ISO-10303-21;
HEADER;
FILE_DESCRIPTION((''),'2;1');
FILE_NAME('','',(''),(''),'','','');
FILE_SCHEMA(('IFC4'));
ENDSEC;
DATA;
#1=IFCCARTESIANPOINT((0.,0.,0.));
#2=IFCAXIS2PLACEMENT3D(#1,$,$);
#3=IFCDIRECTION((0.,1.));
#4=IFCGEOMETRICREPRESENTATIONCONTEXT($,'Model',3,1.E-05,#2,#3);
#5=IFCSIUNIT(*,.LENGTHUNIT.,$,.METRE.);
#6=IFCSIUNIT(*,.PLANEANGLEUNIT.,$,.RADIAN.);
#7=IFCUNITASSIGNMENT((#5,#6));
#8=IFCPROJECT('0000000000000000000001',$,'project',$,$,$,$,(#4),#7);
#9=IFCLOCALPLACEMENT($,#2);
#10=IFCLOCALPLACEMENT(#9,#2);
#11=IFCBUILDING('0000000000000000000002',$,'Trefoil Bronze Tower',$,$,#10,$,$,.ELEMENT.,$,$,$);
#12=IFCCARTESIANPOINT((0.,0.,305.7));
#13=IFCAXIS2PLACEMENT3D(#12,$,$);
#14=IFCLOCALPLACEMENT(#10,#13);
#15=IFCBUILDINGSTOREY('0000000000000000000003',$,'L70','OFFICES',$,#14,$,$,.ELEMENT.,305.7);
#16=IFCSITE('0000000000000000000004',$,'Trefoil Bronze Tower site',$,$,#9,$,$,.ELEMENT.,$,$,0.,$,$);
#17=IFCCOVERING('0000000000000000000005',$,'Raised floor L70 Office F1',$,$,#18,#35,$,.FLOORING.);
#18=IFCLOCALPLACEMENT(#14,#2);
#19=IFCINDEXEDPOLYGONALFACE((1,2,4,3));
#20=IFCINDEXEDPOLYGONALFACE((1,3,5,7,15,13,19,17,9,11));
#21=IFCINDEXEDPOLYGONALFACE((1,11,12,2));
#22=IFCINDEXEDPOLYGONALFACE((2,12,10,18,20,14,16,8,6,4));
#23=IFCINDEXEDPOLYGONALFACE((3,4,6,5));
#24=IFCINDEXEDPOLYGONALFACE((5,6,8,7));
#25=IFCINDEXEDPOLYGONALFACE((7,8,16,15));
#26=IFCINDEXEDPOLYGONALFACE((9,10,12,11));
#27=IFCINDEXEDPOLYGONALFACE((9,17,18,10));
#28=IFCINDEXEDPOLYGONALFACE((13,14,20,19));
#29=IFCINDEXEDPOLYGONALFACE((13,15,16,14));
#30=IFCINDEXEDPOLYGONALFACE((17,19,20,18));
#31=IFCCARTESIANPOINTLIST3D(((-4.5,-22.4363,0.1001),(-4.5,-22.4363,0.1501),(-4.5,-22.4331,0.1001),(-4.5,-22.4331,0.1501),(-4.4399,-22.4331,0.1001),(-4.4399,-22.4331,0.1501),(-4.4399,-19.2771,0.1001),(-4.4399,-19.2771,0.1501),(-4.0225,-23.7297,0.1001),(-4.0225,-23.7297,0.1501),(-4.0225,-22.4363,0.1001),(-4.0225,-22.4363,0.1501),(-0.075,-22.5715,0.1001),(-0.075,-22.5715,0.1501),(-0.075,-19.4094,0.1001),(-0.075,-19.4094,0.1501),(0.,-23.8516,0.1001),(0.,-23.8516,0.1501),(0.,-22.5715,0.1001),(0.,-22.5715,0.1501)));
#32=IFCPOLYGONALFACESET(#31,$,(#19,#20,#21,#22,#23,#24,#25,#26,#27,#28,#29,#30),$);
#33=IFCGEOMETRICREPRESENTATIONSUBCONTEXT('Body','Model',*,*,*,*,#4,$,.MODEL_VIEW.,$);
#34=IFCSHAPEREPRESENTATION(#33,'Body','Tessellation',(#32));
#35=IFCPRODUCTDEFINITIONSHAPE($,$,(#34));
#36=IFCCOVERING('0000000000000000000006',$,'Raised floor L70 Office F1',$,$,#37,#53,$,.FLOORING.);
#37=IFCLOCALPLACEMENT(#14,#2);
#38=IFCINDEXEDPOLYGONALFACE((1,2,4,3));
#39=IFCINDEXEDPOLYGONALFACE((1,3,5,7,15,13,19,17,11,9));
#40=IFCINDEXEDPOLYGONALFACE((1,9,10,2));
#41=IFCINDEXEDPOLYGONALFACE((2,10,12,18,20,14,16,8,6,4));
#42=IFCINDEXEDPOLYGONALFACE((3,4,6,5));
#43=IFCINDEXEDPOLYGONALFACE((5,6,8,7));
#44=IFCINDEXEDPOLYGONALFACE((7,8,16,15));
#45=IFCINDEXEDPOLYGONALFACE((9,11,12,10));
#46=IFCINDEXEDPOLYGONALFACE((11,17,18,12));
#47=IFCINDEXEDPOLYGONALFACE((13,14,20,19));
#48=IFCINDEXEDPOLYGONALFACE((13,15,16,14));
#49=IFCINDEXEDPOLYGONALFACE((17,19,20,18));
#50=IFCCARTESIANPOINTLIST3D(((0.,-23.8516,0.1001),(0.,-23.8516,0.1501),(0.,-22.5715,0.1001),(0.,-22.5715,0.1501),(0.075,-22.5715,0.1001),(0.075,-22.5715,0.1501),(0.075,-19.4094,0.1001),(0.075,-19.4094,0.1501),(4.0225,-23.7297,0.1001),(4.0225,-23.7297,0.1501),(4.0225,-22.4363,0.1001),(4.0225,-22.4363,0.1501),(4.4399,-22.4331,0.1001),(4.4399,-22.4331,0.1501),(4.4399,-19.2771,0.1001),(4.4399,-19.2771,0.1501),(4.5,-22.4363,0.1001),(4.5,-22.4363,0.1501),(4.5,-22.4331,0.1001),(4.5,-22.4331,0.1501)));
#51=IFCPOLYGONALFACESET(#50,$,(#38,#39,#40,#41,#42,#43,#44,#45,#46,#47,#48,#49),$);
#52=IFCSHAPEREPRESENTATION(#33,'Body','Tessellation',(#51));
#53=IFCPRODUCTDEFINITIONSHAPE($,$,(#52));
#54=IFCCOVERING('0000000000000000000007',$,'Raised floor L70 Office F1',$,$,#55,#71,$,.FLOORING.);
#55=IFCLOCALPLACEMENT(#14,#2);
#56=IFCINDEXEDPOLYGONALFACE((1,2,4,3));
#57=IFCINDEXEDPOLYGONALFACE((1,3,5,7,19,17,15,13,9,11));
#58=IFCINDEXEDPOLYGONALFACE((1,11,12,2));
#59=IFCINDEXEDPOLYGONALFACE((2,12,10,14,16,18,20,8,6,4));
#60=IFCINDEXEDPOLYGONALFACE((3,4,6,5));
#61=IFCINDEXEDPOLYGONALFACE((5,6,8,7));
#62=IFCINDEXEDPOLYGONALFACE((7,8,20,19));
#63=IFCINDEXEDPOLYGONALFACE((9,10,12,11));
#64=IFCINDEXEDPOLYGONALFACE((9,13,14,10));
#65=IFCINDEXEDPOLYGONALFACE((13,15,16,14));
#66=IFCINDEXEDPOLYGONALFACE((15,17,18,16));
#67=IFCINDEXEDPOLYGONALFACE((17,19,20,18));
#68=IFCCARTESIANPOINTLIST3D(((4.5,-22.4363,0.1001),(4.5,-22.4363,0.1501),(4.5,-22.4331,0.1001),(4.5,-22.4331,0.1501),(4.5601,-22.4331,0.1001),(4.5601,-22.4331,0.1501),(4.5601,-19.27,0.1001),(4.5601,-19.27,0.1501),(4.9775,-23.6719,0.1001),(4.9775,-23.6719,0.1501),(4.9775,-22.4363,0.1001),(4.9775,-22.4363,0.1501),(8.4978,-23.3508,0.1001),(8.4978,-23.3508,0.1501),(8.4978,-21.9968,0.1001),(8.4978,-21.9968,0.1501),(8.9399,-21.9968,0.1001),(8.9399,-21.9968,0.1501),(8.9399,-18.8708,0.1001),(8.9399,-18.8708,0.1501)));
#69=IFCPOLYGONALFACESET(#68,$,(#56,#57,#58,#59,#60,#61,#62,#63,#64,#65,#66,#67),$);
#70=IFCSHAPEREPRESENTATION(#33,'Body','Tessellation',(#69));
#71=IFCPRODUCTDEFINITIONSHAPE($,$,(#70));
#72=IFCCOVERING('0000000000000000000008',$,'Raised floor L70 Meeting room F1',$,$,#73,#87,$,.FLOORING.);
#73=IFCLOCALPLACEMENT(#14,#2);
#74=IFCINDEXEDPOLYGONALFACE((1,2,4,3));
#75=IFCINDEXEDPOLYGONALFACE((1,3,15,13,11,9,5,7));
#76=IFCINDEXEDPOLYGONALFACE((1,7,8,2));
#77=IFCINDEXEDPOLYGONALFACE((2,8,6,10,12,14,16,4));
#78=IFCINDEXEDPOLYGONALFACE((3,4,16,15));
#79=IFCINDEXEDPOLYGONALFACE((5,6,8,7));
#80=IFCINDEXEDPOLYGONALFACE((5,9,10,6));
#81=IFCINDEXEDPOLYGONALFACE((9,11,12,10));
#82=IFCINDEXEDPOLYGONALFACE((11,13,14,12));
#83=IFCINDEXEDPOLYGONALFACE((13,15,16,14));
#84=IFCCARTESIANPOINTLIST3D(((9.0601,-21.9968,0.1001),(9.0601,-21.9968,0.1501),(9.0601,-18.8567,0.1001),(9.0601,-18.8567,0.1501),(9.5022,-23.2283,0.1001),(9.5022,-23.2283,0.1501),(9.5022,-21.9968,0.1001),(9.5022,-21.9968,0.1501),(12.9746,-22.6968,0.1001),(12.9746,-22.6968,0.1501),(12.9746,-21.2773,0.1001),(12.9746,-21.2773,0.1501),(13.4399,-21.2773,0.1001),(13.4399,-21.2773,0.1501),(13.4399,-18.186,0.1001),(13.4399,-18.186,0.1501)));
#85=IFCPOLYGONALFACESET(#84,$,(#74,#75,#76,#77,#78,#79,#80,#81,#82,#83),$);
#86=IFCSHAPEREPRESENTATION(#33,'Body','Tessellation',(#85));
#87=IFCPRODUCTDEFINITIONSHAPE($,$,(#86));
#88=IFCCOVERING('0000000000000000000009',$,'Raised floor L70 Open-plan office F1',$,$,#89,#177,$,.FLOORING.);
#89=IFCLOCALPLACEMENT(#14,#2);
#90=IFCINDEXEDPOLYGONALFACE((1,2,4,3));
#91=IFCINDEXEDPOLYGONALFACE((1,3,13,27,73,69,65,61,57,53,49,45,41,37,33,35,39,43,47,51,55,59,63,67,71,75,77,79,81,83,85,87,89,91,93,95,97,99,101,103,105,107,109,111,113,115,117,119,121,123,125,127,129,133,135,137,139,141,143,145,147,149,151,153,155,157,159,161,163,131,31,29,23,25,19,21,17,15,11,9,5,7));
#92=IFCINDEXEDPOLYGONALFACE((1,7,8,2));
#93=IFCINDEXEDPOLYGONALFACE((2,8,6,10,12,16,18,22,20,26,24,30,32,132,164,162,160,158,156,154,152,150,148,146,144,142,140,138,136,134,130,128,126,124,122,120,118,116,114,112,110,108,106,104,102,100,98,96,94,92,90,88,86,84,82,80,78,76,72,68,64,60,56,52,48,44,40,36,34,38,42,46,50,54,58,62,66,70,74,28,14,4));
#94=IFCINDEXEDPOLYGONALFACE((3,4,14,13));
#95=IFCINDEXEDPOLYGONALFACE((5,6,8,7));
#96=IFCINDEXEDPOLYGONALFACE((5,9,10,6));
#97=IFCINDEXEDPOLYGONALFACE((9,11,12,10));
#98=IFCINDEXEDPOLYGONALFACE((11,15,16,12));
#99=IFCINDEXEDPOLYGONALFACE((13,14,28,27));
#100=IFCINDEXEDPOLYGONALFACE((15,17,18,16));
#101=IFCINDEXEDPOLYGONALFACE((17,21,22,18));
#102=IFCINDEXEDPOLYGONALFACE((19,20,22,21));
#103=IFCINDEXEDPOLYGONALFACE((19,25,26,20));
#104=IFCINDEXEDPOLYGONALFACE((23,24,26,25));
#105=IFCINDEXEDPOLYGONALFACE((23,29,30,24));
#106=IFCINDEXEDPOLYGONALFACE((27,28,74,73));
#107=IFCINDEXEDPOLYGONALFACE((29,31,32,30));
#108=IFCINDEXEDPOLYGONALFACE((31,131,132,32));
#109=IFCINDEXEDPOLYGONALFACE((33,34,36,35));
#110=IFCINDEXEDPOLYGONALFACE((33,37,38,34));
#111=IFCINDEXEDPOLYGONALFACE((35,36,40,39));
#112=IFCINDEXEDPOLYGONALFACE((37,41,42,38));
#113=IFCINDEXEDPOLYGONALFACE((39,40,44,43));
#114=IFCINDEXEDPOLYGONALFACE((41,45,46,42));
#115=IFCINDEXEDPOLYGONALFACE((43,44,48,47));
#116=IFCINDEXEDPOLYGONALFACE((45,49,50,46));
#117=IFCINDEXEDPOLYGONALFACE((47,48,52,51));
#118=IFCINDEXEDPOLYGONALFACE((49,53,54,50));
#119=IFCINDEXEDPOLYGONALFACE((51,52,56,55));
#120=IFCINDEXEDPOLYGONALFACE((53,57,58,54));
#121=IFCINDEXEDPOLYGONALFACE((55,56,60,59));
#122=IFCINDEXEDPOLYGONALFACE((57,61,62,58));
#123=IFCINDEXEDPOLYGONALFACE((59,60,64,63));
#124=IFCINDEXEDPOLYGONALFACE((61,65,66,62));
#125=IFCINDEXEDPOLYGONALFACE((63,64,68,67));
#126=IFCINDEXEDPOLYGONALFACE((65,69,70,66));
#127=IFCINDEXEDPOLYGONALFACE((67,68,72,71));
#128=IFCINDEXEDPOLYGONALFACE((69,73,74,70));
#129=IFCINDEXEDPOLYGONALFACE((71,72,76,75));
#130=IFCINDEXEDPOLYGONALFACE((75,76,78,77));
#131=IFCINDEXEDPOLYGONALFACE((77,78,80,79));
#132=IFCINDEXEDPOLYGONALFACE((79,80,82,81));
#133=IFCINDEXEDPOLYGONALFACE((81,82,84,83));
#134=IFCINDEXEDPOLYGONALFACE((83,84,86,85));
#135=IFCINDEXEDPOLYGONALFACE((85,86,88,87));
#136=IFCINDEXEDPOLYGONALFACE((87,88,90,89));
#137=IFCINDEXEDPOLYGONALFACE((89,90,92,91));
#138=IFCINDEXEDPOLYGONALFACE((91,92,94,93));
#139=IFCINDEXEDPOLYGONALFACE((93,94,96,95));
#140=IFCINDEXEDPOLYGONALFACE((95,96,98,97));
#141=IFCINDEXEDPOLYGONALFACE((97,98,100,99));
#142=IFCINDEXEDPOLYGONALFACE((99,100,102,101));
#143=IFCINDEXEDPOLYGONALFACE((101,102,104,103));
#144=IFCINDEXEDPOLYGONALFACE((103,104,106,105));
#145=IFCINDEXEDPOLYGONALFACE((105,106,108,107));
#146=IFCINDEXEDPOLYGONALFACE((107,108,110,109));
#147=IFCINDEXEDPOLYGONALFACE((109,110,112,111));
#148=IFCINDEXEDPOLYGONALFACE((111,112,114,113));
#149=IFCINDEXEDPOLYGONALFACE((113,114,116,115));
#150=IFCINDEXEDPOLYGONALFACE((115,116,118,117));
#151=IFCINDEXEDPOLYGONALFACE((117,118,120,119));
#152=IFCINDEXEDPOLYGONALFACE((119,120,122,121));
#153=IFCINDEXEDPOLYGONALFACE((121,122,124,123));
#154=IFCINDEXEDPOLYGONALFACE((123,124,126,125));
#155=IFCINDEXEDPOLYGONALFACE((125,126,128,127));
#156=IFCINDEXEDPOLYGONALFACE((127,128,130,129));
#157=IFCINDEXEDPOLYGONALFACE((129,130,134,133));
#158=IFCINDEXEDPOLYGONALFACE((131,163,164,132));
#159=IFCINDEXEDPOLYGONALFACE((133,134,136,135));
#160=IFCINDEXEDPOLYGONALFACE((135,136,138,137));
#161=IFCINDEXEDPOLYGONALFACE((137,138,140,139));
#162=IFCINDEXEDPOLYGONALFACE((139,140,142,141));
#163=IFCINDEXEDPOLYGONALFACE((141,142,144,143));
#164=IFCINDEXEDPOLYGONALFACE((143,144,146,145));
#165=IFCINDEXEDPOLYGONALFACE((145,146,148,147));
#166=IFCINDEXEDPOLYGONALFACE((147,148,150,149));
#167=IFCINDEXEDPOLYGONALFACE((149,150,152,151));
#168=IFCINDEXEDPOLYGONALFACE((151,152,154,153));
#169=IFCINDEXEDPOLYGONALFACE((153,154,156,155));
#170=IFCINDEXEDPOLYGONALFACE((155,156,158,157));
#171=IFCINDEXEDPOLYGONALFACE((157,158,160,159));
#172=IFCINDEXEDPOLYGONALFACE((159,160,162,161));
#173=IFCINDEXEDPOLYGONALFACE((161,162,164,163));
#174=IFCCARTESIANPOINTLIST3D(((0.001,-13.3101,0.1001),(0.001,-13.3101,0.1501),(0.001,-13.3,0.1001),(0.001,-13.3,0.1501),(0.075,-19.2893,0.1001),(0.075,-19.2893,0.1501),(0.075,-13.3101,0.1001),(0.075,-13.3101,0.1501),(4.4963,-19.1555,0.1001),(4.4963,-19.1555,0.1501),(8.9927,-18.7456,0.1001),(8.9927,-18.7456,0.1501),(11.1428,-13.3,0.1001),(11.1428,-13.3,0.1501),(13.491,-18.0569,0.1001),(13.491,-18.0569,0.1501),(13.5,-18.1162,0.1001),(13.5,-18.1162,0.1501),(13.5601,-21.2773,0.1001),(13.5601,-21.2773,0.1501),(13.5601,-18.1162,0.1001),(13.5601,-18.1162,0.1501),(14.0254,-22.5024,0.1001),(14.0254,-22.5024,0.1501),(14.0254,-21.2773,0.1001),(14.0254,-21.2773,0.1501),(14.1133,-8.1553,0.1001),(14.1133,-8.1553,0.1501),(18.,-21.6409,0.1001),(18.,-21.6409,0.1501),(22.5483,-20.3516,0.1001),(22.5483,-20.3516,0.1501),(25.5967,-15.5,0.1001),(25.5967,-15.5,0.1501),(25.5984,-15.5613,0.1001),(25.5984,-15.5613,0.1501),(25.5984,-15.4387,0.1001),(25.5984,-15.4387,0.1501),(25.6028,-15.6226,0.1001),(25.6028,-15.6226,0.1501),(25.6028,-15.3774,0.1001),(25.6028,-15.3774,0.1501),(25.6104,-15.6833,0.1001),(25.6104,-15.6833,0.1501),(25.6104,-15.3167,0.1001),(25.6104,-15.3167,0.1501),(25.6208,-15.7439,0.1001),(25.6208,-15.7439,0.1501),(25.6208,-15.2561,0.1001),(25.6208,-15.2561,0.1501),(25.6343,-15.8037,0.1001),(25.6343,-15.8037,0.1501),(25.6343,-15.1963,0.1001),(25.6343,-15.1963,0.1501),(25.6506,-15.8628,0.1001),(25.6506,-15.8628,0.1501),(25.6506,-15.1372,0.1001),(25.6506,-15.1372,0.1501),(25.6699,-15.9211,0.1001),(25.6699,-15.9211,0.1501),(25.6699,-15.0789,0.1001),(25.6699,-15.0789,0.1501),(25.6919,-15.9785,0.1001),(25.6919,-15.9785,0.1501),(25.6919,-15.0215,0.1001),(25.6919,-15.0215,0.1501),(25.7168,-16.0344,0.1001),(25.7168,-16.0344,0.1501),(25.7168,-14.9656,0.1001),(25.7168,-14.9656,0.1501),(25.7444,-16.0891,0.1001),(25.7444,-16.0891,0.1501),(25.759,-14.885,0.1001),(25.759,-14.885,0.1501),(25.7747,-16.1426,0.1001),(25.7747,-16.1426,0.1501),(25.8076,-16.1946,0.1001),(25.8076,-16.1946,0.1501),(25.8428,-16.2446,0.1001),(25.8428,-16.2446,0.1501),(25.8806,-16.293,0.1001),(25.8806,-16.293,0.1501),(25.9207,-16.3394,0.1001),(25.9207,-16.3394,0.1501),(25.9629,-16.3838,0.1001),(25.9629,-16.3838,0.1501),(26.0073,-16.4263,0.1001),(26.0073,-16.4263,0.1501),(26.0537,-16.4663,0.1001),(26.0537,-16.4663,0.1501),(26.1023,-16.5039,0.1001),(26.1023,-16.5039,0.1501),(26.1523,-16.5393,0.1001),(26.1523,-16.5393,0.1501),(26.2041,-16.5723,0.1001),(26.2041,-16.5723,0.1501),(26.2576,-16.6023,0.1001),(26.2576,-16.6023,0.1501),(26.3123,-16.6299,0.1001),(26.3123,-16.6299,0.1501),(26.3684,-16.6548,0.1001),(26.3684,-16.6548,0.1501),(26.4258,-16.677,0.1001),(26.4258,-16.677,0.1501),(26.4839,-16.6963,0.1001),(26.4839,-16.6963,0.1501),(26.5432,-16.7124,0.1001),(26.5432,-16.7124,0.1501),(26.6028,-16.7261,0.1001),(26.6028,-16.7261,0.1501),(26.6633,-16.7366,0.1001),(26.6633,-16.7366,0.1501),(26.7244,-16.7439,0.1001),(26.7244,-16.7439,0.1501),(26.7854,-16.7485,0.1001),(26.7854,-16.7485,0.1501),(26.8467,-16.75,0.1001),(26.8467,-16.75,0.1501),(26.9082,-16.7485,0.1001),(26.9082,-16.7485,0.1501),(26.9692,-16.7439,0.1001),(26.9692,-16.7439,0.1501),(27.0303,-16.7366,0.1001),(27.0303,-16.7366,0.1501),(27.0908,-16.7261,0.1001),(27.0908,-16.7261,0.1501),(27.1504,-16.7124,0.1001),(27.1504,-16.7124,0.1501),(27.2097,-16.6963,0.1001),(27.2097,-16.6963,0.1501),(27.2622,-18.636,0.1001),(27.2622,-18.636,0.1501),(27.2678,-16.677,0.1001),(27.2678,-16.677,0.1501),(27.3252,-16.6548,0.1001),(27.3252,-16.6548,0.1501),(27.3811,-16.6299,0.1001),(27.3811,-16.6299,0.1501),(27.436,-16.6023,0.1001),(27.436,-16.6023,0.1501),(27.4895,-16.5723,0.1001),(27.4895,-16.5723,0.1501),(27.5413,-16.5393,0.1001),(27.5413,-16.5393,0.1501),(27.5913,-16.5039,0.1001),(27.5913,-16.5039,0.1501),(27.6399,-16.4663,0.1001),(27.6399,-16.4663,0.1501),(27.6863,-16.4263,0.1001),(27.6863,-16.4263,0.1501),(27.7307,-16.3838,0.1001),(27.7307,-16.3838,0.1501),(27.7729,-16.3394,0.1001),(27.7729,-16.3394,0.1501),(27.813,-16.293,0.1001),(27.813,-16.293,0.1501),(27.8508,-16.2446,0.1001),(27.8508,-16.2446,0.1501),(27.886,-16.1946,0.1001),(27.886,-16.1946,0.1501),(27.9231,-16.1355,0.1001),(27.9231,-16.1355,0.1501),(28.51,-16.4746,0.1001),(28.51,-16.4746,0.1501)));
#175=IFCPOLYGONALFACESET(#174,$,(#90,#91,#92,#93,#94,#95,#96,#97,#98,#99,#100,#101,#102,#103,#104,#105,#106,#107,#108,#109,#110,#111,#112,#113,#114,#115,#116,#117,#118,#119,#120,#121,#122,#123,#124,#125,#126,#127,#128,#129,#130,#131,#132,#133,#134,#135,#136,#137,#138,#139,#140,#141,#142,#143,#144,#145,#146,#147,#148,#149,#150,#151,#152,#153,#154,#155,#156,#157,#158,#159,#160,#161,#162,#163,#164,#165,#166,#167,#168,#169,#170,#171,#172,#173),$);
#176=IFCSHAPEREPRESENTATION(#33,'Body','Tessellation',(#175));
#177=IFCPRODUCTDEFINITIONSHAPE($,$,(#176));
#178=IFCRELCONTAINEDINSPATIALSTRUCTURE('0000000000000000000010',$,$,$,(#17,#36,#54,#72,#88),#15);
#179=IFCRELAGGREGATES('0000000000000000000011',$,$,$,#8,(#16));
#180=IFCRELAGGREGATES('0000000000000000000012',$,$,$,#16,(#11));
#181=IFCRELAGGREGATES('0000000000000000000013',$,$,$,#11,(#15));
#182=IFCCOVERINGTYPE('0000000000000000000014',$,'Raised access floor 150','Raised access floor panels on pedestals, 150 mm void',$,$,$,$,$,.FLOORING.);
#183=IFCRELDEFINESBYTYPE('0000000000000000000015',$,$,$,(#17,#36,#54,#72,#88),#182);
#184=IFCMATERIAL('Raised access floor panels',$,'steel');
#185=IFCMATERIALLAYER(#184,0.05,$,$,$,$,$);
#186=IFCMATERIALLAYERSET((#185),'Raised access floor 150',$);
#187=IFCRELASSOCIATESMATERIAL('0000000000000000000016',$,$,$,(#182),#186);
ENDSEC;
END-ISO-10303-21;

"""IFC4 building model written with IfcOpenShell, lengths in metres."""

from ifc_helpers import new_model, si_unit, direction, frame, origin, place, context, subcontext, project, spatial, polyline, outline, extrude, material, layer, layer_set, type_object, element, save


model = new_model("IFC4")

# Units and contexts
model_context = context("Model", 3, precision=1e-05, world=origin(), true_north=direction((0.0, 1.0)))
body_context = subcontext(model_context, "Body", "Model", "MODEL_VIEW")
ifc_project = project(units=[si_unit("LENGTHUNIT", "METRE"), si_unit("PLANEANGLEUNIT", "RADIAN")], contexts=[model_context])

# Site, building, storey
site_placement = place(None, origin())
site = spatial("IfcSite", under=ifc_project, at=site_placement, Name="Trefoil Bronze Tower site", CompositionType="ELEMENT", RefElevation=0.0)
building_placement = place(site_placement, origin())
building = spatial("IfcBuilding", under=site, at=building_placement, Name="Trefoil Bronze Tower", CompositionType="ELEMENT")
storey_placement = place(building_placement, frame((0.0, 0.0, 305.7)))
storey = spatial("IfcBuildingStorey", under=building, at=storey_placement, Name="L70", Description="OFFICES", CompositionType="ELEMENT", Elevation=305.7)

# Coverings
ifc_material_1 = material(Name="Raised access floor panels", Category="steel")
ifc_layer_1 = layer(ifc_material_1, 0.05)
ifc_layer_set_1 = layer_set([ifc_layer_1], Name="Raised access floor 150")
covering_type_1 = type_object("IfcCoveringType", Name="Raised access floor 150", Description="Raised access floor panels on pedestals, 150 mm void", PredefinedType="FLOORING", material=ifc_layer_set_1)
covering_1_placement = place(storey_placement, frame((0.0, 0.0, 0.1001)))
element("IfcCovering", 1, at=covering_1_placement, inside=storey, type_object=covering_type_1, Name="Raised floor L70 Office F1", PredefinedType="FLOORING", context=body_context, shape_type="SweptSolid", body=[
    extrude(outline(polyline([(-4.5, -22.4331), (-4.4399, -22.4331), (-4.4399, -19.2771), (-0.075, -19.4094), (-0.075, -22.5715), (0.0, -22.5715), (0.0, -23.8516), (-4.0225, -23.7297), (-4.0225, -22.4363), (-4.5, -22.4363), (-4.5, -22.4331)])), origin(), (0.0, 0.0, 1.0), 0.05),
])
covering_2_placement = place(storey_placement, frame((0.0, 0.0, 0.1001)))
element("IfcCovering", 2, at=covering_2_placement, inside=storey, type_object=covering_type_1, Name="Raised floor L70 Office F1", PredefinedType="FLOORING", context=body_context, shape_type="SweptSolid", body=[
    extrude(outline(polyline([(0.0, -22.5715), (0.075, -22.5715), (0.075, -19.4094), (4.4399, -19.2771), (4.4399, -22.4331), (4.5, -22.4331), (4.5, -22.4363), (4.0225, -22.4363), (4.0225, -23.7297), (0.0, -23.8516), (0.0, -22.5715)])), origin(), (0.0, 0.0, 1.0), 0.05),
])
covering_3_placement = place(storey_placement, frame((0.0, 0.0, 0.1001)))
element("IfcCovering", 3, at=covering_3_placement, inside=storey, type_object=covering_type_1, Name="Raised floor L70 Office F1", PredefinedType="FLOORING", context=body_context, shape_type="SweptSolid", body=[
    extrude(outline(polyline([(4.5, -22.4331), (4.5601, -22.4331), (4.5601, -19.27), (8.9399, -18.8708), (8.9399, -21.9968), (8.4978, -21.9968), (8.4978, -23.3508), (4.9775, -23.6719), (4.9775, -22.4363), (4.5, -22.4363), (4.5, -22.4331)])), origin(), (0.0, 0.0, 1.0), 0.05),
])
covering_4_placement = place(storey_placement, frame((0.0, 0.0, 0.1001)))
element("IfcCovering", 4, at=covering_4_placement, inside=storey, type_object=covering_type_1, Name="Raised floor L70 Meeting room F1", PredefinedType="FLOORING", context=body_context, shape_type="SweptSolid", body=[
    extrude(outline(polyline([(9.0601, -18.8567), (13.4399, -18.186), (13.4399, -21.2773), (12.9746, -21.2773), (12.9746, -22.6968), (9.5022, -23.2283), (9.5022, -21.9968), (9.0601, -21.9968), (9.0601, -18.8567)])), origin(), (0.0, 0.0, 1.0), 0.05),
])
covering_5_placement = place(storey_placement, frame((0.0, 0.0, 0.1001)))
element("IfcCovering", 5, at=covering_5_placement, inside=storey, type_object=covering_type_1, Name="Raised floor L70 Open-plan office F1", PredefinedType="FLOORING", context=body_context, shape_type="SweptSolid", body=[
    extrude(outline(polyline([(28.51, -16.4746), (27.2622, -18.636), (22.5483, -20.3516), (18.0, -21.6409), (14.0254, -22.5024), (14.0254, -21.2773), (13.5601, -21.2773), (13.5601, -18.1162), (13.5, -18.1162), (13.491, -18.0569), (8.9927, -18.7456), (4.4963, -19.1555), (0.075, -19.2893), (0.075, -13.3101), (0.001, -13.3101), (0.001, -13.3), (11.1428, -13.3), (14.1133, -8.1553), (25.759, -14.885), (25.7168, -14.9656), (25.6919, -15.0215), (25.6699, -15.0789), (25.6506, -15.1372), (25.6343, -15.1963), (25.6208, -15.2561), (25.6104, -15.3167), (25.6028, -15.3774), (25.5984, -15.4387), (25.5967, -15.5), (25.5984, -15.5613), (25.6028, -15.6226), (25.6104, -15.6833), (25.6208, -15.7439), (25.6343, -15.8037), (25.6506, -15.8628), (25.6699, -15.9211), (25.6919, -15.9785), (25.7168, -16.0344), (25.7444, -16.0891), (25.7747, -16.1426), (25.8076, -16.1946), (25.8428, -16.2446), (25.8806, -16.293), (25.9207, -16.3394), (25.9629, -16.3838), (26.0073, -16.4263), (26.0537, -16.4663), (26.1023, -16.5039), (26.1523, -16.5393), (26.2041, -16.5723), (26.2576, -16.6023), (26.3123, -16.6299), (26.3684, -16.6548), (26.4258, -16.677), (26.4839, -16.6963), (26.5432, -16.7124), (26.6028, -16.7261), (26.6633, -16.7366), (26.7244, -16.7439), (26.7854, -16.7485), (26.8467, -16.75), (26.9082, -16.7485), (26.9692, -16.7439), (27.0303, -16.7366), (27.0908, -16.7261), (27.1504, -16.7124), (27.2097, -16.6963), (27.2678, -16.677), (27.3252, -16.6548), (27.3811, -16.6299), (27.436, -16.6023), (27.4895, -16.5723), (27.5413, -16.5393), (27.5913, -16.5039), (27.6399, -16.4663), (27.6863, -16.4263), (27.7307, -16.3838), (27.7729, -16.3394), (27.813, -16.293), (27.8508, -16.2446), (27.886, -16.1946), (27.9231, -16.1355), (28.51, -16.4746)])), origin(), (0.0, 0.0, 1.0), 0.05),
])

save(model, "model.ifc")
